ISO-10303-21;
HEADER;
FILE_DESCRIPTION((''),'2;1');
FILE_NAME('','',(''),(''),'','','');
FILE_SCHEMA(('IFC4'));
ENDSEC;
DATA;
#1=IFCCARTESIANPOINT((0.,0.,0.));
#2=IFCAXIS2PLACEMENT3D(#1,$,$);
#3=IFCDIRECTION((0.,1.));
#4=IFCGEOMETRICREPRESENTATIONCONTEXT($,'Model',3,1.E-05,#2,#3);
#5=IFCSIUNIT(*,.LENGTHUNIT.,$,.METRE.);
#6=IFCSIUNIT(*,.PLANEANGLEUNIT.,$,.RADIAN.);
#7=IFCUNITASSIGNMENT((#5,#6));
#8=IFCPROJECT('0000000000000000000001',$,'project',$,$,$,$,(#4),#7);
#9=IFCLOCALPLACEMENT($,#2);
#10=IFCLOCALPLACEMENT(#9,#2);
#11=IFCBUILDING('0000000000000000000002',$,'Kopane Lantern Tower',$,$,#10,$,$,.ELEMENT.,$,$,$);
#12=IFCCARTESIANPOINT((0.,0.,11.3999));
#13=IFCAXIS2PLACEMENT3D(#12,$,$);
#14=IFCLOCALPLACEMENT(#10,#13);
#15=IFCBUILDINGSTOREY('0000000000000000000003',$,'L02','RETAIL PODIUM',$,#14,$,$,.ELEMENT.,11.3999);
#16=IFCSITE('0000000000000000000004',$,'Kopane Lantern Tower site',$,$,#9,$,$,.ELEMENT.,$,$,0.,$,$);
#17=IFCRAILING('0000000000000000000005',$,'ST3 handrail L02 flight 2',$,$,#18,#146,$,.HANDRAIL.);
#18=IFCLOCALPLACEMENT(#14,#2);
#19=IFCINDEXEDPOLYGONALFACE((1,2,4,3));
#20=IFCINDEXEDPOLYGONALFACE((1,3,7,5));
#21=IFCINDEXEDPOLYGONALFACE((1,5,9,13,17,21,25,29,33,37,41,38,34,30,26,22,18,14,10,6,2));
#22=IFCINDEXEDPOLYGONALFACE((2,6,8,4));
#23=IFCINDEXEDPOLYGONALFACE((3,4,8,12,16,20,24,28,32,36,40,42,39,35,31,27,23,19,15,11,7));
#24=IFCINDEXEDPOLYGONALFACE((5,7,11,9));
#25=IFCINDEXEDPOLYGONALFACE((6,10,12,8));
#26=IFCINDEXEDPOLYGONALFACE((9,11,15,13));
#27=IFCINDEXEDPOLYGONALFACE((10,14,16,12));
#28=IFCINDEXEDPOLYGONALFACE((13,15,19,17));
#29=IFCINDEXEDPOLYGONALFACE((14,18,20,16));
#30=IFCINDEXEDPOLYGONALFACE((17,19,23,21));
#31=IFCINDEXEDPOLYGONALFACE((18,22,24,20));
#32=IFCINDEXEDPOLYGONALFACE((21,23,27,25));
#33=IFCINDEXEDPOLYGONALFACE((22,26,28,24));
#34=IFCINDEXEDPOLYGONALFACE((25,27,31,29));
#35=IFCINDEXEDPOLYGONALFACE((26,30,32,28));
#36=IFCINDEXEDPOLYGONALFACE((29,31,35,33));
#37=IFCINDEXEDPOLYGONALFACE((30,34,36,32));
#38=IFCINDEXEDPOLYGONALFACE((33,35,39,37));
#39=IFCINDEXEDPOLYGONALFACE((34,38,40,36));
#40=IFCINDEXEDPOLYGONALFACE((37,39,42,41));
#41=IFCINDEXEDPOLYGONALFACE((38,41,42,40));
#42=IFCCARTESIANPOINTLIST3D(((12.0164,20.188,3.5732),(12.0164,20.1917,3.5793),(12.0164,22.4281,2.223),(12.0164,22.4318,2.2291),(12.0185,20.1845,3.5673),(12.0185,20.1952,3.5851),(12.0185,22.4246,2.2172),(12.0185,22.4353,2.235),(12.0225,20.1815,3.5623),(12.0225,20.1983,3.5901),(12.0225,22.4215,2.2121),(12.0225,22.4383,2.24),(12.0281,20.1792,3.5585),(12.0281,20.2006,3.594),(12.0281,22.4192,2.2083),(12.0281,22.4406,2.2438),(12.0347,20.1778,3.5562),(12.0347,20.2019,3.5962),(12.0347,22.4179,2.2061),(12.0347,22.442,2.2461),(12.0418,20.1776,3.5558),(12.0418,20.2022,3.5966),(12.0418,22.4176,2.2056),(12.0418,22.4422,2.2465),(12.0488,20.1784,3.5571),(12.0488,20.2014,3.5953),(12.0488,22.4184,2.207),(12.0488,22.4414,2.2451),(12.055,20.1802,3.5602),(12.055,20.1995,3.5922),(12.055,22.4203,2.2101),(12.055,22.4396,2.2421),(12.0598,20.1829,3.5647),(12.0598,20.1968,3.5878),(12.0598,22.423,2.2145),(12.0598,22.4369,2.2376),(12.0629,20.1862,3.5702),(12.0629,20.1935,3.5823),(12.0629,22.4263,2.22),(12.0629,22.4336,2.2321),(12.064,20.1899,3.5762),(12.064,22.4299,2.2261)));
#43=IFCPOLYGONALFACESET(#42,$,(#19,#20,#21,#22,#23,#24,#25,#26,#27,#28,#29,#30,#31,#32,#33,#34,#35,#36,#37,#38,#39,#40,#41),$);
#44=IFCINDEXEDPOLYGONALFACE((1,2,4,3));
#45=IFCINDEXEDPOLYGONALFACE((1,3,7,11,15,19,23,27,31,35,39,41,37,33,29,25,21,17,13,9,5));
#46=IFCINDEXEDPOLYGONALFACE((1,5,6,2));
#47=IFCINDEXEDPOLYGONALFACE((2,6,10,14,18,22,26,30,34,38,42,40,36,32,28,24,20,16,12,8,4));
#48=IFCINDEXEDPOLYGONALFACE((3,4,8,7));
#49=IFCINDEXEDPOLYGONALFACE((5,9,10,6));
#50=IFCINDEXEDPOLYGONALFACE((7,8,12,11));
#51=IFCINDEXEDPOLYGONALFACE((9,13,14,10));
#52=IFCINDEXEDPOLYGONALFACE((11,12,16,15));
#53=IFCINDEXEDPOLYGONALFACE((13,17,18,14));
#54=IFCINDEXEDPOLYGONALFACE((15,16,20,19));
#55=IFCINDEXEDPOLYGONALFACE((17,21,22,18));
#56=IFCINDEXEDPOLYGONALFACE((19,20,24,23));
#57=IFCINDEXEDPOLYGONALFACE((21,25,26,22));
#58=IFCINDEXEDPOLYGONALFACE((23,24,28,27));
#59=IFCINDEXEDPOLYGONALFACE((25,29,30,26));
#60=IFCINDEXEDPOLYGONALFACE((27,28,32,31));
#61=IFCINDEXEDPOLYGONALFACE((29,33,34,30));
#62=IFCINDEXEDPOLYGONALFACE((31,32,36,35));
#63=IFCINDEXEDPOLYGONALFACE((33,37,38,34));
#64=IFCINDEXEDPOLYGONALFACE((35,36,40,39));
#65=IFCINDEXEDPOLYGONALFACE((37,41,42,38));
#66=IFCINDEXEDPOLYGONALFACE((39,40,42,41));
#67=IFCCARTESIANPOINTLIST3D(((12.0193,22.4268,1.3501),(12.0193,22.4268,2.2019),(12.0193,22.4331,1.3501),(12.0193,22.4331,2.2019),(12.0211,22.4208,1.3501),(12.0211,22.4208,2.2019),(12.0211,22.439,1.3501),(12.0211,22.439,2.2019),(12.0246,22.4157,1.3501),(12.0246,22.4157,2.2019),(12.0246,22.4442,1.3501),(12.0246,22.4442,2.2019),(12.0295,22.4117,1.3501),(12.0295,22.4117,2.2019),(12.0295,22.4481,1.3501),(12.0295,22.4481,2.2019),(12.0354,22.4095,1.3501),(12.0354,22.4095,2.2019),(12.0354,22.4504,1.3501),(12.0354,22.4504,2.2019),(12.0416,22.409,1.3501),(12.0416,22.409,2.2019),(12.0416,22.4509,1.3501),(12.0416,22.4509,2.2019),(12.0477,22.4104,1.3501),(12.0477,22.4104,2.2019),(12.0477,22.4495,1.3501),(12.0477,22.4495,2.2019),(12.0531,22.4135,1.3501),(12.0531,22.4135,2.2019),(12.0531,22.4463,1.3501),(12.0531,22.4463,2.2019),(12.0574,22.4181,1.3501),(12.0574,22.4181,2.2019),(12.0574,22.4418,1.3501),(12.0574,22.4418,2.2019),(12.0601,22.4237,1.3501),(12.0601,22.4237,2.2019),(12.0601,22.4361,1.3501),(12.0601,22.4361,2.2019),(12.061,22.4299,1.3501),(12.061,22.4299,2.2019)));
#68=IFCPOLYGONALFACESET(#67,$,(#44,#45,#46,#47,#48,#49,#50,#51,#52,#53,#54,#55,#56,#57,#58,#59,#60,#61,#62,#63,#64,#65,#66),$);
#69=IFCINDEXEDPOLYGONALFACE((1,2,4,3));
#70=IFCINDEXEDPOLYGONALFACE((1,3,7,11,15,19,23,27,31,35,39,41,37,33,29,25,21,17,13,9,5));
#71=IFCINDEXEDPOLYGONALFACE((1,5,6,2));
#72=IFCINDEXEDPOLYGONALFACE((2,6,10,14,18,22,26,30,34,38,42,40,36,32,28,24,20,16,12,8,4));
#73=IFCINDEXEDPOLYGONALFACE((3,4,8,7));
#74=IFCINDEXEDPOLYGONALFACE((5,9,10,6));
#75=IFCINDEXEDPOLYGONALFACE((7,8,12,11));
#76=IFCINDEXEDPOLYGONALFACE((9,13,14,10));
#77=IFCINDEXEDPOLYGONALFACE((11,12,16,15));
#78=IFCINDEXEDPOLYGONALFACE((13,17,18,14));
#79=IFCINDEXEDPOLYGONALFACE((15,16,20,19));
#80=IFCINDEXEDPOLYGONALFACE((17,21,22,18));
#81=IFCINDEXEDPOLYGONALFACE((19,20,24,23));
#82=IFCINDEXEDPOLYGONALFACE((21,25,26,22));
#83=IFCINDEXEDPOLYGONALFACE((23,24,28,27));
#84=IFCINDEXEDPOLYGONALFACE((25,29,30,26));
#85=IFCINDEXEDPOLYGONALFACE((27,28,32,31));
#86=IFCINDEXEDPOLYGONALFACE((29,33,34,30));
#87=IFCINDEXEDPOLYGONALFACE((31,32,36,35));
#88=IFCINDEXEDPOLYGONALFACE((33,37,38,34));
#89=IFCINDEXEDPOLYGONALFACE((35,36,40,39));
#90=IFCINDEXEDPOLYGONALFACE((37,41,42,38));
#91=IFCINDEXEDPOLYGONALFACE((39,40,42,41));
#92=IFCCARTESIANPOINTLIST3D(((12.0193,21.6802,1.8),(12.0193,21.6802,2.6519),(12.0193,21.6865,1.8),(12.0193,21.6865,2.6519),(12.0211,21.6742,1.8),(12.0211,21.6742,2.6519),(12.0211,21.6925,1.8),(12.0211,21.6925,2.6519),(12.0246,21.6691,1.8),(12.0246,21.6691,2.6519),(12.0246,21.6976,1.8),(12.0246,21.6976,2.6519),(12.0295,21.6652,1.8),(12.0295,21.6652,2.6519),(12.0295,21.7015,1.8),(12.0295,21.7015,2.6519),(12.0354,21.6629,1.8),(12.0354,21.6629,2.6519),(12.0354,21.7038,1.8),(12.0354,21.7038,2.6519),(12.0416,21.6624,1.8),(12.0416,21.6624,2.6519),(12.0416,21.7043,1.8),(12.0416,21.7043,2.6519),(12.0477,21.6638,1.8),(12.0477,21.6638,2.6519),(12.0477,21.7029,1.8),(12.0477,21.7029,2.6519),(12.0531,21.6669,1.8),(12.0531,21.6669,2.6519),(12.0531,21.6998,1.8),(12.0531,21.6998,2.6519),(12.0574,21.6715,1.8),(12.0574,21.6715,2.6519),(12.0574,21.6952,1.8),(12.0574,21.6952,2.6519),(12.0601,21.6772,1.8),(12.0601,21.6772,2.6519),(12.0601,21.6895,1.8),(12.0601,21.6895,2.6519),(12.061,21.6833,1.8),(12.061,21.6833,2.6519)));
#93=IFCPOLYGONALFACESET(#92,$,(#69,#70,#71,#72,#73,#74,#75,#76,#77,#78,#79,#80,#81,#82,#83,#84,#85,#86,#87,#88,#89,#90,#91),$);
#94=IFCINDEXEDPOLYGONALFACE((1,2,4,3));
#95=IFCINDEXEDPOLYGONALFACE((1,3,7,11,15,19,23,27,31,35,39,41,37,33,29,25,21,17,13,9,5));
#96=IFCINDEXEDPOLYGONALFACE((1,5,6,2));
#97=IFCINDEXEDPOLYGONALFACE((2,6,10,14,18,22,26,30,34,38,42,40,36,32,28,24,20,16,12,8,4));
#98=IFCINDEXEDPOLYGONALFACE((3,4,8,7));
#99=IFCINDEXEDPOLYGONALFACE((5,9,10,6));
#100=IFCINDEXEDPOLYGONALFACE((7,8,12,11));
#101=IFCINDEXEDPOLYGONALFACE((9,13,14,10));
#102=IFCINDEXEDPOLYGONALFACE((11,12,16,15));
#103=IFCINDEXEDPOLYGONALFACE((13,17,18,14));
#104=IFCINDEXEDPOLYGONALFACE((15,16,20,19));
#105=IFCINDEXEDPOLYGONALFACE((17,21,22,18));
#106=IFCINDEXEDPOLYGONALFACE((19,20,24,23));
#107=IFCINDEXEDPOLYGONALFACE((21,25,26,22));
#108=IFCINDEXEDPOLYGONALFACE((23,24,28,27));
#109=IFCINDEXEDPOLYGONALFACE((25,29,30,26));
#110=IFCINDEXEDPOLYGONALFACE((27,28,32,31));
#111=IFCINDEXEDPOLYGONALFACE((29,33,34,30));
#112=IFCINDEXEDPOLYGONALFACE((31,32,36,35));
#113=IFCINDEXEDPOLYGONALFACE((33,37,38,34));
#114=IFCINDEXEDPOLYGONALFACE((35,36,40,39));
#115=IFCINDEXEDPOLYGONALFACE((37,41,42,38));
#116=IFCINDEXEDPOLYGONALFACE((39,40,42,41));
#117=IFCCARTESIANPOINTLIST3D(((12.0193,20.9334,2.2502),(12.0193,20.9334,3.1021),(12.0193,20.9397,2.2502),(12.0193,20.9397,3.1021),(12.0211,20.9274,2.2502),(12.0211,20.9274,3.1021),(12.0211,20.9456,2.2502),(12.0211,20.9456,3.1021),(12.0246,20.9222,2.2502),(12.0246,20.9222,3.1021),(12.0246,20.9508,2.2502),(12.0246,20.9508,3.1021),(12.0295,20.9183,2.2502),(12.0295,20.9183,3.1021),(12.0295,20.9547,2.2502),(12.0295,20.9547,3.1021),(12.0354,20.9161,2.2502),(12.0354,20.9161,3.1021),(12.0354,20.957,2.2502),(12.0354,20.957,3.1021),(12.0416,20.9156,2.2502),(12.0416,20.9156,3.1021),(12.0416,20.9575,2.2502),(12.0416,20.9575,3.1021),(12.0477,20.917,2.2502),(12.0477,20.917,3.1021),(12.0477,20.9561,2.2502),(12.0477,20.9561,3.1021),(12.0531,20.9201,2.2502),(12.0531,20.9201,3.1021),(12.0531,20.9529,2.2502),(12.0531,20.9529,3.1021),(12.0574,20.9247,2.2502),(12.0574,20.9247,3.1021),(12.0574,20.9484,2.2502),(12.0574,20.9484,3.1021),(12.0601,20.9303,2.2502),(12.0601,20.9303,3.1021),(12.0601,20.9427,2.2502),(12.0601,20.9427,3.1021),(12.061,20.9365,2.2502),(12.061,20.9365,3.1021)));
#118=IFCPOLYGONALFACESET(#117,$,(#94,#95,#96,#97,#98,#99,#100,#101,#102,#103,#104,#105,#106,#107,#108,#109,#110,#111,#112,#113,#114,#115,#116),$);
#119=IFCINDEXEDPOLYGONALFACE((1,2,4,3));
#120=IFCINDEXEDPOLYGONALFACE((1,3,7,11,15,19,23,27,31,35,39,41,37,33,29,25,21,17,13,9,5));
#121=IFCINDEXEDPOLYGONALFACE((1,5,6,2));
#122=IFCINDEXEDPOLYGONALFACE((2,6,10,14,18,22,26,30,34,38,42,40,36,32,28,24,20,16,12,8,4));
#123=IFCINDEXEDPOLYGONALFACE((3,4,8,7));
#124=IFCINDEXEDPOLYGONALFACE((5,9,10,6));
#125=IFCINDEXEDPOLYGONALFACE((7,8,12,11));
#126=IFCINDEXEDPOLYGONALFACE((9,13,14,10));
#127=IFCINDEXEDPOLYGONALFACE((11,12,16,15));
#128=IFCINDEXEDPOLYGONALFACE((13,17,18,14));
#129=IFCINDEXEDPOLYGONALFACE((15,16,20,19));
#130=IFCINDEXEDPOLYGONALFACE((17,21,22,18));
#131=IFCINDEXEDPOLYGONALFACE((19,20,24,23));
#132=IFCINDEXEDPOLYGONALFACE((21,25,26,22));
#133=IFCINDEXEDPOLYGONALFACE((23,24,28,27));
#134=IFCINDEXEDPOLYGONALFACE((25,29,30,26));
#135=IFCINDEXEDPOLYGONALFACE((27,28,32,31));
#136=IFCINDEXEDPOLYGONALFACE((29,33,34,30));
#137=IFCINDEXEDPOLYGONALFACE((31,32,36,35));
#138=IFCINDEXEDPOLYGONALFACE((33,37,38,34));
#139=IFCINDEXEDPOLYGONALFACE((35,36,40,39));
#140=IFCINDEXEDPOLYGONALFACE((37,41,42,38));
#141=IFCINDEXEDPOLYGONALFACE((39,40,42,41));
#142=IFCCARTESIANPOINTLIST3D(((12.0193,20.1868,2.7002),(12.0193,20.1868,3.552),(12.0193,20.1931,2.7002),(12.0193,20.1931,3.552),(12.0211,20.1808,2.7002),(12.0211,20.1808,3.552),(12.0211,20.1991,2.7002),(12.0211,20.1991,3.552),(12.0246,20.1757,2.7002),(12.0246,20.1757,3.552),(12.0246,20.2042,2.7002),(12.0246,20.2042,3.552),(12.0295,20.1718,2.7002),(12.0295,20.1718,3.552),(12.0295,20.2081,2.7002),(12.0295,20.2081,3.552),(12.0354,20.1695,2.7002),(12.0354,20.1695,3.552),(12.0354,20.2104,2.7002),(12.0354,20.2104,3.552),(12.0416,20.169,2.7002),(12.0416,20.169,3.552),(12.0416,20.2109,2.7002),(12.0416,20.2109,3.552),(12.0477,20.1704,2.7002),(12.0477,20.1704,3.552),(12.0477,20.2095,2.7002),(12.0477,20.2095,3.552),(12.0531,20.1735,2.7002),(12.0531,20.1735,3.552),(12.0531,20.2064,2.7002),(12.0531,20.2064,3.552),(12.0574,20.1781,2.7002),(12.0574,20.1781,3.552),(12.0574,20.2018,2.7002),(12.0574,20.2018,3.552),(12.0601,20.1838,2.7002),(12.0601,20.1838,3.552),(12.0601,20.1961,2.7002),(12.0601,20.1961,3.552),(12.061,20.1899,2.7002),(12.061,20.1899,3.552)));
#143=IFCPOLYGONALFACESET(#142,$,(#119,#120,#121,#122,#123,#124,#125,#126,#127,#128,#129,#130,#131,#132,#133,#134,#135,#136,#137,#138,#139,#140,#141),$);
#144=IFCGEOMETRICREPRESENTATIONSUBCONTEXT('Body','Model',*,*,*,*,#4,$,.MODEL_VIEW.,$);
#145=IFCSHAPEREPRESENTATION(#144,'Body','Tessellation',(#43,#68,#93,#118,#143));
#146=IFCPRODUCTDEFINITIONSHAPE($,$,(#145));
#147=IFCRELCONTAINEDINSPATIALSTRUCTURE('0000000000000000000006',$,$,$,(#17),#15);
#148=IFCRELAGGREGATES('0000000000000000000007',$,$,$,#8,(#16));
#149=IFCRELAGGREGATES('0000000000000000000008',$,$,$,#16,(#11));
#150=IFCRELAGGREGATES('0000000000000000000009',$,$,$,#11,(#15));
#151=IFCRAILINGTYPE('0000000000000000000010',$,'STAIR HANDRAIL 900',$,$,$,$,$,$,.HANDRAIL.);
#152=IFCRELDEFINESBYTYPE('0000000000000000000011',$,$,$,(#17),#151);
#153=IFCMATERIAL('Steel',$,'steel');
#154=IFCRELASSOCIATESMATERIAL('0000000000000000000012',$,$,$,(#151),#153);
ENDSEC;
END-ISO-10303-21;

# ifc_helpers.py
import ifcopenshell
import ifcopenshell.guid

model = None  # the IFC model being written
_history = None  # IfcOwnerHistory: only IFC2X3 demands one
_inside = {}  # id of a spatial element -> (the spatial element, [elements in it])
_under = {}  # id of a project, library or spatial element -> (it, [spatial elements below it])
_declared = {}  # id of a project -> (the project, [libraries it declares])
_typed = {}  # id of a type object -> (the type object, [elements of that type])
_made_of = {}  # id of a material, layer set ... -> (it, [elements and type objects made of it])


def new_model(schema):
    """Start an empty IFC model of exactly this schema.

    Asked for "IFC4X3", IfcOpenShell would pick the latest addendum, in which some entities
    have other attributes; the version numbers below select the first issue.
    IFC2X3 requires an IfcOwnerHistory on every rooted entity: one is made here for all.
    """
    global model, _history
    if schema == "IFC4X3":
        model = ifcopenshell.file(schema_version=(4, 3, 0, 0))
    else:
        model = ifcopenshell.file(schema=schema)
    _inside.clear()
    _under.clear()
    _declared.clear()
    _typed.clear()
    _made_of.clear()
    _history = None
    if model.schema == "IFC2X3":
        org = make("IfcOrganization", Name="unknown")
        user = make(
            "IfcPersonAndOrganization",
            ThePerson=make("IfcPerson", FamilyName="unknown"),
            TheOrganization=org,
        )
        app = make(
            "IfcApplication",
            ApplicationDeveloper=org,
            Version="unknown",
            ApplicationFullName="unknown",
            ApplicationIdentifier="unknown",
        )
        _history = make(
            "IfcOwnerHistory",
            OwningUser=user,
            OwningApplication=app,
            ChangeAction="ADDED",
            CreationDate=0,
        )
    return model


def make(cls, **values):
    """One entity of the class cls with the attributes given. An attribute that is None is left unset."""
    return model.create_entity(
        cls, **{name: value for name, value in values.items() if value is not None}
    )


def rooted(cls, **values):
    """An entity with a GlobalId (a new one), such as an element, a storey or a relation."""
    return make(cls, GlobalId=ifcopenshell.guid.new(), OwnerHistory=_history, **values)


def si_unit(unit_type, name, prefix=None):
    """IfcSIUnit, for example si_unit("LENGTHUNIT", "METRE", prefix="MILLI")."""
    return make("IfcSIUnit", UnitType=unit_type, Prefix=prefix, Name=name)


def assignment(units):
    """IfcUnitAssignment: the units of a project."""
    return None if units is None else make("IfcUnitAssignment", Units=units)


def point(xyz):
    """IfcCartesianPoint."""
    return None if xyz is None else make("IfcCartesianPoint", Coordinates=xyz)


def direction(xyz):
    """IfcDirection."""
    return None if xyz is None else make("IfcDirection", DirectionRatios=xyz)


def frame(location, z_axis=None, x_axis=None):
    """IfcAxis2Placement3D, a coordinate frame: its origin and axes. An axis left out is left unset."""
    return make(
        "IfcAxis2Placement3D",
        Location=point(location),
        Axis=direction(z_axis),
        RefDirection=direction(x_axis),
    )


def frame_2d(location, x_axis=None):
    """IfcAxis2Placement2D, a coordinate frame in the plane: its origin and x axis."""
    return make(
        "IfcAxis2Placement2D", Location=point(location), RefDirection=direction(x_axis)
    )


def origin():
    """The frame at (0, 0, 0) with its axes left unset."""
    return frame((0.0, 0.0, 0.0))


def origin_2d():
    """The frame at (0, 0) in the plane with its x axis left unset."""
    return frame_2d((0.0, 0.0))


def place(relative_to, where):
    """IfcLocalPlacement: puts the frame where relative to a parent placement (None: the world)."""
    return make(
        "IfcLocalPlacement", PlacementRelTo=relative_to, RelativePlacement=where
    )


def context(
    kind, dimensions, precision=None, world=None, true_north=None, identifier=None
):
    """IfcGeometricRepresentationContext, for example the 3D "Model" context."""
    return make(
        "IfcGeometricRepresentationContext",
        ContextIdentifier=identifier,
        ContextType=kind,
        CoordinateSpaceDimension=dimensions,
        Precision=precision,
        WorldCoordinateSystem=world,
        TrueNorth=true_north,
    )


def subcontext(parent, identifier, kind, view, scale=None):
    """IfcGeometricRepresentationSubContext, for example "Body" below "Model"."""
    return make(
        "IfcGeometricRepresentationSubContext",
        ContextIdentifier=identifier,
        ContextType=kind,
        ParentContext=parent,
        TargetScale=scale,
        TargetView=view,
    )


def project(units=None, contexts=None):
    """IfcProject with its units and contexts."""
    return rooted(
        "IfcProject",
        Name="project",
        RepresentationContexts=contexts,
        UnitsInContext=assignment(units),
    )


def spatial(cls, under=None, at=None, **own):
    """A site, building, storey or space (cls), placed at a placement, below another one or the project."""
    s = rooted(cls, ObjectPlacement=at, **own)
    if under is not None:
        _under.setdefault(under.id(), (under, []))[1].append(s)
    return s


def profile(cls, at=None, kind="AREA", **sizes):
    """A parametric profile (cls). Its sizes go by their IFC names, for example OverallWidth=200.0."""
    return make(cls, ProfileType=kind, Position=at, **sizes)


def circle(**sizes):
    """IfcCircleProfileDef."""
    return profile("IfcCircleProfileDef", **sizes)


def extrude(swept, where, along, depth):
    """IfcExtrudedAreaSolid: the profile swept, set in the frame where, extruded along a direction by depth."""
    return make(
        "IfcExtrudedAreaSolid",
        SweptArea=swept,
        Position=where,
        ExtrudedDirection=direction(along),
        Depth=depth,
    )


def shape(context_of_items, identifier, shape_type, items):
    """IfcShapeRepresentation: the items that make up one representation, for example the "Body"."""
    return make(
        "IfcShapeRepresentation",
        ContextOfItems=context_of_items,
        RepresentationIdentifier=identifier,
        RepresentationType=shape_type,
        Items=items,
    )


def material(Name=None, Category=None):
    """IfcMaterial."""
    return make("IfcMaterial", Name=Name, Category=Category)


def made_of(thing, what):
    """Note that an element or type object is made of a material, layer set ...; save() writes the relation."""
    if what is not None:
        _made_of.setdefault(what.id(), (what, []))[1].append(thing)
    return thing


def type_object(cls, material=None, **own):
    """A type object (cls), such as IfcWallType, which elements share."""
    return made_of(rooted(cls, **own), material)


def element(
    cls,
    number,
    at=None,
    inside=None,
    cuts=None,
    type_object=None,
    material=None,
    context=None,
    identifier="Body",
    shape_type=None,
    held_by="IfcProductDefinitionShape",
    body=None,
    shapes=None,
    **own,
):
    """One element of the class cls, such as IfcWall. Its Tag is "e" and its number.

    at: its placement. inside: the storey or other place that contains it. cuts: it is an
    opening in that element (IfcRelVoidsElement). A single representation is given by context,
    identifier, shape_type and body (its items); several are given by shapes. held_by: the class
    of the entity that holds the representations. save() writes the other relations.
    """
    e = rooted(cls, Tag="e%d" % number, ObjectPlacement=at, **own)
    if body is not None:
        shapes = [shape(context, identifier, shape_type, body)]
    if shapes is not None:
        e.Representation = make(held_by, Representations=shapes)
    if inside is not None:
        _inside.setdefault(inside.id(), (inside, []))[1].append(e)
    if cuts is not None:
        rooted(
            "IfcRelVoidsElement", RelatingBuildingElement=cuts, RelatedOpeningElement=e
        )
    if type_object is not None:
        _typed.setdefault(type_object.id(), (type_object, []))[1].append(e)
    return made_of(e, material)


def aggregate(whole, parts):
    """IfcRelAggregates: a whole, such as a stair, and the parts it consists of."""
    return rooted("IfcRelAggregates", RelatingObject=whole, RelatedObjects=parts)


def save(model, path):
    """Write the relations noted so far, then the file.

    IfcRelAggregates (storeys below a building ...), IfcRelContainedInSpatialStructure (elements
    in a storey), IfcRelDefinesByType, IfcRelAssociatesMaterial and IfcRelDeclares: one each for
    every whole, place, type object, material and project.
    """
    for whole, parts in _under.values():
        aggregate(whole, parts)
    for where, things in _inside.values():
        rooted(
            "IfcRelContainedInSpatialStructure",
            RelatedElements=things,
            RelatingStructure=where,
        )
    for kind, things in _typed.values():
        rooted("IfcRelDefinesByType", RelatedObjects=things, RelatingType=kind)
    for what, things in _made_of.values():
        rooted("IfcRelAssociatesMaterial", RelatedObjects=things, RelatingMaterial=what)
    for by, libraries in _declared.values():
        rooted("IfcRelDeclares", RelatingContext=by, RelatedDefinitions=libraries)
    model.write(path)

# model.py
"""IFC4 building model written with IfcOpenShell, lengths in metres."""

from ifc_helpers import new_model, si_unit, direction, frame, origin, origin_2d, place, context, subcontext, project, spatial, circle, extrude, material, type_object, element, save


model = new_model("IFC4")

# Units and contexts
model_context = context("Model", 3, precision=1e-05, world=origin(), true_north=direction((0.0, 1.0)))
body_context = subcontext(model_context, "Body", "Model", "MODEL_VIEW")
ifc_project = project(units=[si_unit("LENGTHUNIT", "METRE"), si_unit("PLANEANGLEUNIT", "RADIAN")], contexts=[model_context])

# Site, building, storey
site_placement = place(None, origin())
site = spatial("IfcSite", under=ifc_project, at=site_placement, Name="Kopane Lantern Tower site", CompositionType="ELEMENT", RefElevation=0.0)
building_placement = place(site_placement, origin())
building = spatial("IfcBuilding", under=site, at=building_placement, Name="Kopane Lantern Tower", CompositionType="ELEMENT")
storey_placement = place(building_placement, frame((0.0, 0.0, 11.3999)))
storey = spatial("IfcBuildingStorey", under=building, at=storey_placement, Name="L02", Description="RETAIL PODIUM", CompositionType="ELEMENT", Elevation=11.3999)

# Railing
ifc_material_1 = material(Name="Steel", Category="steel")
railing_type_1 = type_object("IfcRailingType", Name="STAIR HANDRAIL 900", PredefinedType="HANDRAIL", material=ifc_material_1)
for number, where, name in (
    (1, (12.04, 22.4299, 1.3501), "ST3 handrail L02 flight 2"),
):
    element("IfcRailing", number, at=place(storey_placement, frame(where)), inside=storey, type_object=railing_type_1, Name=name, PredefinedType="HANDRAIL", context=body_context, shape_type="SweptSolid", body=[
        extrude(circle(Radius=0.0239, at=origin_2d()), frame((0.0, 0.0, 0.876), z_axis=(0.0, -0.856462, 0.516211), x_axis=(1.0, 0.0, 0.0)), (0.0, 0.0, 1.0), 2.6155),
        extrude(circle(Radius=0.021, at=origin_2d()), origin(), (0.0, 0.0, 1.0), 0.8518),
        extrude(circle(Radius=0.021, at=origin_2d()), frame((0.0, -0.7466, 0.45)), (0.0, 0.0, 1.0), 0.8518),
        extrude(circle(Radius=0.021, at=origin_2d()), frame((0.0, -1.4934, 0.9001)), (0.0, 0.0, 1.0), 0.8518),
        extrude(circle(Radius=0.021, at=origin_2d()), frame((0.0, -2.24, 1.3501)), (0.0, 0.0, 1.0), 0.8518),
    ])

save(model, "model.ifc")
